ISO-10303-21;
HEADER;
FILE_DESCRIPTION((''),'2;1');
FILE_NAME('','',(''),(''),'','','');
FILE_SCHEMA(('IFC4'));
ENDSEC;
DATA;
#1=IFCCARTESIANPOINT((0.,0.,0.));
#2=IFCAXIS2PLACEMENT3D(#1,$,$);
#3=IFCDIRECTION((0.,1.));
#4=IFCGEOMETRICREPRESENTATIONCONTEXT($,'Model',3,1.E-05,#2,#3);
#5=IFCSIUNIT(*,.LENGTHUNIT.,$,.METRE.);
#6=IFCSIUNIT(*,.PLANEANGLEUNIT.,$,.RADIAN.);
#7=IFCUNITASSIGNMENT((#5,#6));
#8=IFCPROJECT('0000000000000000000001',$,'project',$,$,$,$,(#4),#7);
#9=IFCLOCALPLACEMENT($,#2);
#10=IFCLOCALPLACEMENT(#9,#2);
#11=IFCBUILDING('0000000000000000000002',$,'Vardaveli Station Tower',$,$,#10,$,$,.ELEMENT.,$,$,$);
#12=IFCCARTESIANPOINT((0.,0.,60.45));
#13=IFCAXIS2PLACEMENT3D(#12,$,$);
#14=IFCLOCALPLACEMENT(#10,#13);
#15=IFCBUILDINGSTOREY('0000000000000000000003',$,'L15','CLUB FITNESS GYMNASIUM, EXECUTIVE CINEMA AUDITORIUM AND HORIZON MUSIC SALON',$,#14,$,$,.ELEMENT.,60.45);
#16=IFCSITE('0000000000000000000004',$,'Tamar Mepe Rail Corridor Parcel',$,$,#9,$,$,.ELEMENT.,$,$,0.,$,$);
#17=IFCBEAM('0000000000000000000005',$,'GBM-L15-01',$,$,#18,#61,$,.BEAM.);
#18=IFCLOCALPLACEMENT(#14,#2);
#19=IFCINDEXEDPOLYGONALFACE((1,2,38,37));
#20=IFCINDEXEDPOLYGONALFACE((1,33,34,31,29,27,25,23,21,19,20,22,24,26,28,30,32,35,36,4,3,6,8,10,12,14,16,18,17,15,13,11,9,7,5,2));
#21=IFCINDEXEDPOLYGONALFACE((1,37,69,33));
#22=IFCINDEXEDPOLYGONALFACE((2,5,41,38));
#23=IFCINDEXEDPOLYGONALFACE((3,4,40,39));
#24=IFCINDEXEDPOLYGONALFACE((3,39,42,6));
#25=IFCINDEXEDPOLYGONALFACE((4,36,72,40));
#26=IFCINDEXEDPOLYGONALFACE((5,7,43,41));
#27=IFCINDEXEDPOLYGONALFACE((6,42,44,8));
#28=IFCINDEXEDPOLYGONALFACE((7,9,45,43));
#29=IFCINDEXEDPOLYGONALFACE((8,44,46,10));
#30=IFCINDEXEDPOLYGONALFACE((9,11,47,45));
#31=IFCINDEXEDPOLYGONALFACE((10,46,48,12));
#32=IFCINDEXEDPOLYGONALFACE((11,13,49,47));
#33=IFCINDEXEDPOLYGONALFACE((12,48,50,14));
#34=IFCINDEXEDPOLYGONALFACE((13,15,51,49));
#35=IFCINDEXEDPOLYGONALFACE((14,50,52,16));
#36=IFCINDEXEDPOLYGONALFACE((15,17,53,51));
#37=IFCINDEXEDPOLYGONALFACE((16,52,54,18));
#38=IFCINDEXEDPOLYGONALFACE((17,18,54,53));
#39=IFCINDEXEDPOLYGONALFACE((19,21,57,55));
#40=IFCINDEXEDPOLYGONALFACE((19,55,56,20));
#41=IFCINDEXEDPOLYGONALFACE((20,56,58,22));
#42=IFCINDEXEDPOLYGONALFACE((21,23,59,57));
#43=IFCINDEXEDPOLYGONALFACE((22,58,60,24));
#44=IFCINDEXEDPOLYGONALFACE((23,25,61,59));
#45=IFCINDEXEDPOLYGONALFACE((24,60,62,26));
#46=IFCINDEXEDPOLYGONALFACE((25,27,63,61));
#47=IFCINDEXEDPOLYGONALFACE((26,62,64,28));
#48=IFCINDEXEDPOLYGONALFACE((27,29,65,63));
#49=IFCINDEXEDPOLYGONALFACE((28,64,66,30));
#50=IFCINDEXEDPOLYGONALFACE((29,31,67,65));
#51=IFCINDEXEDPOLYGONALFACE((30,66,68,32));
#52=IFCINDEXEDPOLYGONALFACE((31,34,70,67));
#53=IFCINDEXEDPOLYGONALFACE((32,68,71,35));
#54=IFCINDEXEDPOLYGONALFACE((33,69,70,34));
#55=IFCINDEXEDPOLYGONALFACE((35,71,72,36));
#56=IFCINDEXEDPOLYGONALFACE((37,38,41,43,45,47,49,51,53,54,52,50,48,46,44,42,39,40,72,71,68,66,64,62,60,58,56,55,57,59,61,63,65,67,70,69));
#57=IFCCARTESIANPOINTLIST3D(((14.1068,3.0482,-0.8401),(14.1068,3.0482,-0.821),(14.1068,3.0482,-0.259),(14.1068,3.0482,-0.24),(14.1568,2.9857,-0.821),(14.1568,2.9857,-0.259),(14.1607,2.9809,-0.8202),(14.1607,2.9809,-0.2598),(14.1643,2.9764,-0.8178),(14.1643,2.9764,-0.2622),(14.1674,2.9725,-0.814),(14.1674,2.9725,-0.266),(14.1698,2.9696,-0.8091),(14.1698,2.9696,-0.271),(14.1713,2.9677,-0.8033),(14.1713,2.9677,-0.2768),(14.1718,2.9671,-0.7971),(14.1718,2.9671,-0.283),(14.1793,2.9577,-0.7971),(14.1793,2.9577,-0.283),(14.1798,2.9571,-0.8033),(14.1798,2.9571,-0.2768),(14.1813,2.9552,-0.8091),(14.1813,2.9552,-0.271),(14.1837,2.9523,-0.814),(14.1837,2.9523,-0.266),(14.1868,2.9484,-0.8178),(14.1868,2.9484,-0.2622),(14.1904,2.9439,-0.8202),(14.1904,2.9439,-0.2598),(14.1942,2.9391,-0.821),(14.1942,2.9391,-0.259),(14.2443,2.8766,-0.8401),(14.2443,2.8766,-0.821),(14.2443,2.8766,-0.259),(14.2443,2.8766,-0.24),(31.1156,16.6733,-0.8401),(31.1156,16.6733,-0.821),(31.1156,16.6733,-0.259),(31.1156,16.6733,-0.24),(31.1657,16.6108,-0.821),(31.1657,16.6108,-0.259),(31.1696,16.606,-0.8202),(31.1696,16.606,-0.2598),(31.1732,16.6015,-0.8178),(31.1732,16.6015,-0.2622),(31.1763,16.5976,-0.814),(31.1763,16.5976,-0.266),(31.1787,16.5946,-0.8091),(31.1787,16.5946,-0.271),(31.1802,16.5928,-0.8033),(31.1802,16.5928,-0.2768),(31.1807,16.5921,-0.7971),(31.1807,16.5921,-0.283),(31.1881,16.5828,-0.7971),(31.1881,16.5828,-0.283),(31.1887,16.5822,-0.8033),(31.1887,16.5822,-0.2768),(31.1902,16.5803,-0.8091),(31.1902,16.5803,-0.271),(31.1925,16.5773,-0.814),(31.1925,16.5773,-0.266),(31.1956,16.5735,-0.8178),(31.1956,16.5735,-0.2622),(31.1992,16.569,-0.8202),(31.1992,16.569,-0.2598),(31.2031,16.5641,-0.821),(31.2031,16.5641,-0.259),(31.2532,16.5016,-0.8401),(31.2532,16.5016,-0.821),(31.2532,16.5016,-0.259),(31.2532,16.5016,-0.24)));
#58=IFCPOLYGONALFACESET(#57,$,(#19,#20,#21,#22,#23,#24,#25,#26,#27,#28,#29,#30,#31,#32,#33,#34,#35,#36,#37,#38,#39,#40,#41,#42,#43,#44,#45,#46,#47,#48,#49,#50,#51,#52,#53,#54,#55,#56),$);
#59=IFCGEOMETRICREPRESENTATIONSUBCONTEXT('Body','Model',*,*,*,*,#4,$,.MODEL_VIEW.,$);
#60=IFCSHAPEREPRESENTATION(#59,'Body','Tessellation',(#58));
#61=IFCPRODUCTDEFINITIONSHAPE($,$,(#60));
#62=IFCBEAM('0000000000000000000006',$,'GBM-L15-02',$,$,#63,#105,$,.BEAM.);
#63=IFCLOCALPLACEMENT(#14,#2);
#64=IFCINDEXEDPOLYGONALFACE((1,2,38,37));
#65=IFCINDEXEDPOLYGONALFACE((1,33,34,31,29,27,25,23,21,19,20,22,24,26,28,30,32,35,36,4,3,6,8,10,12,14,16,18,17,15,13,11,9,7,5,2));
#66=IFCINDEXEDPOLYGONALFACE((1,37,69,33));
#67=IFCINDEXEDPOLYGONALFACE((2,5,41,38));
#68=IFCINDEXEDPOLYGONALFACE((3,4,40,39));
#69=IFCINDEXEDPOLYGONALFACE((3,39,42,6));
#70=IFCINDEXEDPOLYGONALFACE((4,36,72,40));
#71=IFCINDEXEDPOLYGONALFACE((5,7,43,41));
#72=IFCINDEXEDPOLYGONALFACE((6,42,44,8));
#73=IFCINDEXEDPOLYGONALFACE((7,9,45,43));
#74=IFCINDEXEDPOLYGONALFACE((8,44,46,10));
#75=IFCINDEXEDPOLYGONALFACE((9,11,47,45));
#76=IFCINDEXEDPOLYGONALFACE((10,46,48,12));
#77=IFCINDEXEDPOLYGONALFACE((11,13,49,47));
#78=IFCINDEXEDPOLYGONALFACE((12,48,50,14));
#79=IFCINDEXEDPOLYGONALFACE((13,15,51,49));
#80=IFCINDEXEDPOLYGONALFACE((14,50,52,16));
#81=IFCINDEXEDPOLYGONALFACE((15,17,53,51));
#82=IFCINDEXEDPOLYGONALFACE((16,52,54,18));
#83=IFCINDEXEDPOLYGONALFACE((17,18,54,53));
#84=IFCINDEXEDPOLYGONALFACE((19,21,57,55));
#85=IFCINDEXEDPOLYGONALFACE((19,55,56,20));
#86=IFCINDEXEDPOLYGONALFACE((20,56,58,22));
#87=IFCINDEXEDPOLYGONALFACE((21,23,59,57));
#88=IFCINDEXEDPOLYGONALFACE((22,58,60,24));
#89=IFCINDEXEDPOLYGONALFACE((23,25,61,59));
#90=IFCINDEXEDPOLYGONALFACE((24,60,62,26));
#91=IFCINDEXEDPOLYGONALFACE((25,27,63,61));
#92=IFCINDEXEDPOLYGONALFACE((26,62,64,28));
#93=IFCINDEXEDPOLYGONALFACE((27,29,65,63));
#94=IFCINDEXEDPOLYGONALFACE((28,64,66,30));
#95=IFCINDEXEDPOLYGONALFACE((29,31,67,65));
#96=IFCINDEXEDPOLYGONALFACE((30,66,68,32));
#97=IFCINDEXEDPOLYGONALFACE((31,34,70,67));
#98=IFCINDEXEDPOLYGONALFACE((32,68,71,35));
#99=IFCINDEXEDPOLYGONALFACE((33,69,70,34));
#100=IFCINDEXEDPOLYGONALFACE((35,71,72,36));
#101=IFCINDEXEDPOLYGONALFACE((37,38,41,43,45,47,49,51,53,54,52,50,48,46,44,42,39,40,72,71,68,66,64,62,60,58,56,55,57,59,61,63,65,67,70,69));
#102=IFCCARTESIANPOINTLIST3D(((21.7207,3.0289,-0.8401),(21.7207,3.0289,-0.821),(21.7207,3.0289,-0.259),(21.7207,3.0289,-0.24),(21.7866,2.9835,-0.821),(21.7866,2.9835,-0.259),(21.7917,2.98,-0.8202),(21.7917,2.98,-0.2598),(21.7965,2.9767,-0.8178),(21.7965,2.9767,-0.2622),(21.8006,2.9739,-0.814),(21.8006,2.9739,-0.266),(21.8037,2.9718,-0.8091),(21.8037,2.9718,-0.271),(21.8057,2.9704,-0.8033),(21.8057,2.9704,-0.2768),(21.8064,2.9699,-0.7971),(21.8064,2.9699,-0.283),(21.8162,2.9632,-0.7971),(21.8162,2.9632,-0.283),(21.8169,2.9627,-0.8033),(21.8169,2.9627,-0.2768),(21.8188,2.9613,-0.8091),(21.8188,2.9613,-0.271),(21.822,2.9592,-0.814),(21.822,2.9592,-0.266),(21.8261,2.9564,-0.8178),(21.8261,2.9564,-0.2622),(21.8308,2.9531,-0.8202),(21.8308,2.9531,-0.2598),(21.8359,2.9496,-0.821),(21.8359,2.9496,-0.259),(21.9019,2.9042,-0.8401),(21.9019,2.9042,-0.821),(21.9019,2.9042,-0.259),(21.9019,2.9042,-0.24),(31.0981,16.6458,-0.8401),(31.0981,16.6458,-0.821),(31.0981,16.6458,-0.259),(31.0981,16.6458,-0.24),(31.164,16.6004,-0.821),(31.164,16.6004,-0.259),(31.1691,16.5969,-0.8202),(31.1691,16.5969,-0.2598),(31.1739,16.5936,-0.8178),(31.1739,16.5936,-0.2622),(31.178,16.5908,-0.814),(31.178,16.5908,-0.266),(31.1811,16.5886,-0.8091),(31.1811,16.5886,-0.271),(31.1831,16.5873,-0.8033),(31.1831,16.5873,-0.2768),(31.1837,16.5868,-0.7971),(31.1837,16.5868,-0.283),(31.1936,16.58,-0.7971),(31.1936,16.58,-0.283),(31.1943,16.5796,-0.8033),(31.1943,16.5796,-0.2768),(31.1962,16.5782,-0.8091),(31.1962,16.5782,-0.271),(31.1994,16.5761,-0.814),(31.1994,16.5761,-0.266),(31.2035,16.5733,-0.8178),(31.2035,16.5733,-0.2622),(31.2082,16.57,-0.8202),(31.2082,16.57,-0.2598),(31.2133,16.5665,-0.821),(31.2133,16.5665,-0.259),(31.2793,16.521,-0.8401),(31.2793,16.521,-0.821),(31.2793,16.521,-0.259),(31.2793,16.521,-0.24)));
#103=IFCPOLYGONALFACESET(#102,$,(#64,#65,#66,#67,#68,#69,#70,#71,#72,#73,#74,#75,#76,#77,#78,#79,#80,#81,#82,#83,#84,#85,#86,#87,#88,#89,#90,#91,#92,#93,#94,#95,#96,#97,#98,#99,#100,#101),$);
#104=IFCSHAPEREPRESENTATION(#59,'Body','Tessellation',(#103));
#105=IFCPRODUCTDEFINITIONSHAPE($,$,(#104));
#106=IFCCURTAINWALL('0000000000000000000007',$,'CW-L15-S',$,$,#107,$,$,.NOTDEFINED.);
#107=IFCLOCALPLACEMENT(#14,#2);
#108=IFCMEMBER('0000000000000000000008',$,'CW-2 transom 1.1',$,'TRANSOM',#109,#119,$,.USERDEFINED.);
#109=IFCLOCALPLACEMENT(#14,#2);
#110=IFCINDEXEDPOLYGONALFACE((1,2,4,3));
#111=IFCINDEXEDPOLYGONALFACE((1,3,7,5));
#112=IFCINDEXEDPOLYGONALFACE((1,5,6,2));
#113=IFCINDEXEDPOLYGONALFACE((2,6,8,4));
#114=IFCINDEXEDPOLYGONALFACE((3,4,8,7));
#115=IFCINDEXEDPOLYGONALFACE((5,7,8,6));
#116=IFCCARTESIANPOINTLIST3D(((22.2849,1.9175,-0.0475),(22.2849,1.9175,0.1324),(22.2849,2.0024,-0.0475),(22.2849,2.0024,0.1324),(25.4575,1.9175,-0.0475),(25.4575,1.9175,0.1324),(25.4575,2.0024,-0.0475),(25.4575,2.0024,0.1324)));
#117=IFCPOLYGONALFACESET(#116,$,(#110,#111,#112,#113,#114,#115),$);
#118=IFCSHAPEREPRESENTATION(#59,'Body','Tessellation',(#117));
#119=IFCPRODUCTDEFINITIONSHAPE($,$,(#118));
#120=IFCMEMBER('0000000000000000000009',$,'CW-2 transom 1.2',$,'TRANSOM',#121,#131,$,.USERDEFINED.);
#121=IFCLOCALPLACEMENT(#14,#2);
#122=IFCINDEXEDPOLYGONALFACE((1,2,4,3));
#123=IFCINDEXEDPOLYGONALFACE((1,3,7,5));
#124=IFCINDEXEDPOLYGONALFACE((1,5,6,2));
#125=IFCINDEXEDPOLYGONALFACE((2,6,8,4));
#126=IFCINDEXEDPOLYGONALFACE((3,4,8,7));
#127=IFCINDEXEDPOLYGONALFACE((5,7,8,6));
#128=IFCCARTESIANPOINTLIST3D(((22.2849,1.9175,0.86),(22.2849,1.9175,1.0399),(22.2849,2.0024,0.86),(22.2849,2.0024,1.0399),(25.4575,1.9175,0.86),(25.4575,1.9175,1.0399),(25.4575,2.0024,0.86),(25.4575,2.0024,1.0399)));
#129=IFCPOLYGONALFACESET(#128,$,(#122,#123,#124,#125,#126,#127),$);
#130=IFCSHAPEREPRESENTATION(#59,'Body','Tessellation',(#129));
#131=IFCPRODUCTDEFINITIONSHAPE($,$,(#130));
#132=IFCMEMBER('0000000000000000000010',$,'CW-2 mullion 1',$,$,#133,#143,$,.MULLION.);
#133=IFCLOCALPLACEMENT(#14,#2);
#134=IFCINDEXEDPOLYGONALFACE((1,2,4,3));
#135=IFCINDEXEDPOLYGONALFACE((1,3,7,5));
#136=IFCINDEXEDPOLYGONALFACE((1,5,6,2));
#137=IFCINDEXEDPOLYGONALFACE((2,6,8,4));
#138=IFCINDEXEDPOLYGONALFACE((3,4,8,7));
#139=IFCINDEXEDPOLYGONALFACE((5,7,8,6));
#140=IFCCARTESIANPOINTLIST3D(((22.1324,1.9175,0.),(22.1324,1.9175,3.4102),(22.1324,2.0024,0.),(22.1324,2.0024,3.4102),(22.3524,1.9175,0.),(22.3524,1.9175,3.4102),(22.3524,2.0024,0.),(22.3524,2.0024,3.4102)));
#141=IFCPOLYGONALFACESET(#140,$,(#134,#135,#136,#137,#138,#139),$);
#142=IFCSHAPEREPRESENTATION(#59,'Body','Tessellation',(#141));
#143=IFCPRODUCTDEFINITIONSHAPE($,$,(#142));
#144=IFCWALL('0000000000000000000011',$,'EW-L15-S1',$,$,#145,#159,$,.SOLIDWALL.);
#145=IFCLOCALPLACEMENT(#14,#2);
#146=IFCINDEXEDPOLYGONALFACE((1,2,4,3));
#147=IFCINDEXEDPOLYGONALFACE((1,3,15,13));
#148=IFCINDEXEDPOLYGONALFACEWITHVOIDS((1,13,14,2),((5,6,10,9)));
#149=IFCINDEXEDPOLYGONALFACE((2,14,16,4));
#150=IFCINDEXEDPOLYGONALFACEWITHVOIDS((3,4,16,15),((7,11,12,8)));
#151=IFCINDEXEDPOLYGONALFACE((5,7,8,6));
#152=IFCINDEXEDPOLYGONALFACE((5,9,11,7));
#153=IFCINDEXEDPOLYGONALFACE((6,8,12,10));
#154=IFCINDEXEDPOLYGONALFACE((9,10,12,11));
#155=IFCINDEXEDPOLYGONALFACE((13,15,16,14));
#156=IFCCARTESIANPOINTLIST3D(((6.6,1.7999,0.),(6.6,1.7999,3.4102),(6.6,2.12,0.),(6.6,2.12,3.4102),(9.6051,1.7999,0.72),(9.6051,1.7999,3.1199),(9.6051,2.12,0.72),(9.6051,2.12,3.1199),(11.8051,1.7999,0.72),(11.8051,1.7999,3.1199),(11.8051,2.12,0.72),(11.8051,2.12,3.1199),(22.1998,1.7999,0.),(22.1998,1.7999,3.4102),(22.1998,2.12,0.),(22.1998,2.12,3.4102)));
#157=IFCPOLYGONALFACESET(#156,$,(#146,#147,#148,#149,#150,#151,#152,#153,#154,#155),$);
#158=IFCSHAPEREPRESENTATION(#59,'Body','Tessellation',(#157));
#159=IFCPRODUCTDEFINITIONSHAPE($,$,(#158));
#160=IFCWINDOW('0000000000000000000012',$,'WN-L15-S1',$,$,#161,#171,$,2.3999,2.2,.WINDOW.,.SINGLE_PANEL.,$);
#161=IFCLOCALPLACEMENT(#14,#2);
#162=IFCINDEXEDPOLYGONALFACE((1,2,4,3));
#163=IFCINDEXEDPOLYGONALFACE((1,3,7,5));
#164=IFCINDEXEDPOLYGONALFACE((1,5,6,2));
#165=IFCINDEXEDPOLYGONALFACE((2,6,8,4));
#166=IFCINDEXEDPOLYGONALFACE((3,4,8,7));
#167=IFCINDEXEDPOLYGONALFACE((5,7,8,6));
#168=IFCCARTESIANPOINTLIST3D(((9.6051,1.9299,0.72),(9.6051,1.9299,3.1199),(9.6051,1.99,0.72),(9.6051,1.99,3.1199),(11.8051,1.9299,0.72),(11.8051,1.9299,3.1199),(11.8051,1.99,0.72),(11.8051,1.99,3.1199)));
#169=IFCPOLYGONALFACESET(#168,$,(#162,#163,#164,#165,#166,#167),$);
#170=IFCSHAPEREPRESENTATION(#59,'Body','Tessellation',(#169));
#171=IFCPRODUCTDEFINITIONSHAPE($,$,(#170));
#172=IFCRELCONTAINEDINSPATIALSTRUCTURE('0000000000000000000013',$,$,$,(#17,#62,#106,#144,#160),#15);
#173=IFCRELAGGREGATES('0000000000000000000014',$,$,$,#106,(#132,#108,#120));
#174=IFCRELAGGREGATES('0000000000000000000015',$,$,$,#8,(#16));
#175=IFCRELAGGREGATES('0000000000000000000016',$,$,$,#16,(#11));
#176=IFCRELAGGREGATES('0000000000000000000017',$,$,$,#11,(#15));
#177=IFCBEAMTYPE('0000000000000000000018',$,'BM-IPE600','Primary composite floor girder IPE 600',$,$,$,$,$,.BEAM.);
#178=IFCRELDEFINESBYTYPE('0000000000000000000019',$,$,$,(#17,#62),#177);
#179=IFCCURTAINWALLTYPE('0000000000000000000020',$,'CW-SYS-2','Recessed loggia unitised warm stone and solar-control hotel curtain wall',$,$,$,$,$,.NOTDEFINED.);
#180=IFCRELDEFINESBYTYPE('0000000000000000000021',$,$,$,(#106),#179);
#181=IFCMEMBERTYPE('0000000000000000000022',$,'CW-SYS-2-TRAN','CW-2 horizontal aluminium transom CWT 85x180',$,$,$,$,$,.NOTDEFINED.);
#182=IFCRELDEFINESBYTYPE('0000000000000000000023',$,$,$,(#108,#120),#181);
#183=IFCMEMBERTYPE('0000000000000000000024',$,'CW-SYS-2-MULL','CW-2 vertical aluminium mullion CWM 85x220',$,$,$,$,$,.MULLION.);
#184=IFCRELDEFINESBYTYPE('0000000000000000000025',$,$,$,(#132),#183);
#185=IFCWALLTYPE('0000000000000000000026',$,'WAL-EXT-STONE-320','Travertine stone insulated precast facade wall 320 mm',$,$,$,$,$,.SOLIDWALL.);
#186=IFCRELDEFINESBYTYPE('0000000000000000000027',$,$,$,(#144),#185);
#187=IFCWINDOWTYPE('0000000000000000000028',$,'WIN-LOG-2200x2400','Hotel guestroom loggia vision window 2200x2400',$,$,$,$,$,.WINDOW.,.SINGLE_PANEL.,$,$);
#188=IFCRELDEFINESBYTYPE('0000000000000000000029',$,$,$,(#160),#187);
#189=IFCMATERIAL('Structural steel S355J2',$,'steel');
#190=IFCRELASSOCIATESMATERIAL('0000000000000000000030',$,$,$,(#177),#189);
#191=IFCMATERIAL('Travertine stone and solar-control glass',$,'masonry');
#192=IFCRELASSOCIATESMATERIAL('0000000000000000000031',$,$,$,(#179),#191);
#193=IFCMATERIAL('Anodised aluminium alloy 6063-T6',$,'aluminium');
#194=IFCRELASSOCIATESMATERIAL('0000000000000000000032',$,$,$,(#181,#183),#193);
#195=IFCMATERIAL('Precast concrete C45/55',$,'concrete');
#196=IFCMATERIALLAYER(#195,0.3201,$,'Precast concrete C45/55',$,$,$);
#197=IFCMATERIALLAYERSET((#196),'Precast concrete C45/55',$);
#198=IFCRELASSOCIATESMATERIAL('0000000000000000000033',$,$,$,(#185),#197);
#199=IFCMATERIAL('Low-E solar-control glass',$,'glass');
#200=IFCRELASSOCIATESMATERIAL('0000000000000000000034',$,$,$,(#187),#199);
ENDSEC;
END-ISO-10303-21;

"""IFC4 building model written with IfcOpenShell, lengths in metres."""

from ifc_helpers import new_model, si_unit, direction, frame, frame_2d, origin, origin_2d, place, context, subcontext, project, spatial, rectangle, i_section, extrude, source, transform, mapped, material, layer, layer_set, material_profile, profile_set, type_object, element, fill, aggregate, save


model = new_model("IFC4")

# Units and contexts
model_context = context("Model", 3, precision=1e-05, world=origin(), true_north=direction((0.0, 1.0)))
body_context = subcontext(model_context, "Body", "Model", "MODEL_VIEW")
ifc_project = project(units=[si_unit("LENGTHUNIT", "METRE"), si_unit("PLANEANGLEUNIT", "RADIAN")], contexts=[model_context])

# Site, building, storey
site_placement = place(None, origin())
site = spatial("IfcSite", under=ifc_project, at=site_placement, Name="Tamar Mepe Rail Corridor Parcel", CompositionType="ELEMENT", RefElevation=0.0)
building_placement = place(site_placement, origin())
building = spatial("IfcBuilding", under=site, at=building_placement, Name="Vardaveli Station Tower", CompositionType="ELEMENT")
storey_placement = place(building_placement, frame((0.0, 0.0, 60.45)))
storey = spatial("IfcBuildingStorey", under=building, at=storey_placement, Name="L15", Description="CLUB FITNESS GYMNASIUM, EXECUTIVE CINEMA AUDITORIUM AND HORIZON MUSIC SALON", CompositionType="ELEMENT", Elevation=60.45)

# Beams
ifc_material_1 = material(Name="Precast concrete C45/55", Category="concrete")
ifc_material_2 = material(Name="Structural steel S355J2", Category="steel")
ifc_material_profile_1 = material_profile(ifc_material_2, i_section(OverallWidth=0.22, OverallDepth=0.6001, WebThickness=0.012, FlangeThickness=0.019, FilletRadius=0.0239, at=origin_2d()), Name="IPE 600")
ifc_profile_set_1 = profile_set([ifc_material_profile_1], Name="Structural steel S355J2")
beam_type_1 = type_object("IfcBeamType", Name="BM-IPE600", Description="Primary composite floor girder IPE 600", PredefinedType="BEAM", material=ifc_profile_set_1)
shared_shape_1 = source(origin(), body_context, "Body", "SweptSolid", [
    extrude(i_section(OverallWidth=0.22, OverallDepth=0.6001, WebThickness=0.012, FlangeThickness=0.019, FilletRadius=0.0239, at=origin_2d()), origin(), (0.0, 0.0, 1.0), 21.7932),
])
beam_1_placement = place(storey_placement, frame((14.1755, 2.9624, -0.54), z_axis=(0.780466, 0.625198, 0.0), x_axis=(-0.625198, 0.780466, 0.0)))
element("IfcBeam", 1, at=beam_1_placement, inside=storey, type_object=beam_type_1, Name="GBM-L15-01", PredefinedType="BEAM", context=body_context, shape_type="MappedRepresentation", body=[
    mapped(shared_shape_1, transform((0.0, 0.0, 0.0), scale=1.0)),
])
shared_shape_2 = source(origin(), body_context, "Body", "SweptSolid", [
    extrude(i_section(OverallWidth=0.22, OverallDepth=0.6001, WebThickness=0.012, FlangeThickness=0.019, FilletRadius=0.0239, at=origin_2d()), origin(), (0.0, 0.0, 1.0), 16.5334),
])
beam_2_placement = place(storey_placement, frame((21.8113, 2.9666, -0.54), z_axis=(0.567177, 0.823596, 0.0), x_axis=(-0.823596, 0.567177, 0.0)))
element("IfcBeam", 2, at=beam_2_placement, inside=storey, type_object=beam_type_1, Name="GBM-L15-02", PredefinedType="BEAM", context=body_context, shape_type="MappedRepresentation", body=[
    mapped(shared_shape_2, transform((0.0, 0.0, 0.0), scale=1.0)),
])

# Curtain wall, members
ifc_material_3 = material(Name="Travertine stone and solar-control glass", Category="masonry")
curtain_wall_type = type_object("IfcCurtainWallType", Name="CW-SYS-2", Description="Recessed loggia unitised warm stone and solar-control hotel curtain wall", PredefinedType="NOTDEFINED", material=ifc_material_3)
curtain_wall_placement = place(storey_placement, origin())
curtain_wall = element("IfcCurtainWall", 3, at=curtain_wall_placement, inside=storey, type_object=curtain_wall_type, Name="CW-L15-S", PredefinedType="NOTDEFINED")
ifc_material_4 = material(Name="Anodised aluminium alloy 6063-T6", Category="aluminium")
ifc_material_profile_2 = material_profile(ifc_material_4, rectangle(XDim=0.085, YDim=0.1799, at=origin_2d()), Name="CWT 85x180")
ifc_profile_set_2 = profile_set([ifc_material_profile_2], Name="Anodised aluminium alloy 6063-T6")
member_type_1 = type_object("IfcMemberType", Name="CW-SYS-2-TRAN", Description="CW-2 horizontal aluminium transom CWT 85x180", PredefinedType="NOTDEFINED", material=ifc_profile_set_2)
shared_shape_3 = source(origin(), body_context, "Body", "SweptSolid", [
    extrude(rectangle(XDim=0.085, YDim=0.1799, at=origin_2d()), origin(), (0.0, 0.0, 1.0), 3.1726),
])
member_1_placement = place(storey_placement, frame((22.2849, 1.96, 0.0425), z_axis=(1.0, 0.0, 0.0), x_axis=(0.0, 1.0, 0.0)))
member_1 = element("IfcMember", 4, at=member_1_placement, type_object=member_type_1, Name="CW-2 transom 1.1", ObjectType="TRANSOM", PredefinedType="USERDEFINED", context=body_context, shape_type="MappedRepresentation", body=[
    mapped(shared_shape_3, transform((0.0, 0.0, 0.0), scale=1.0)),
])
member_2_placement = place(storey_placement, frame((22.2849, 1.96, 0.95), z_axis=(1.0, 0.0, 0.0), x_axis=(0.0, 1.0, 0.0)))
member_2 = element("IfcMember", 5, at=member_2_placement, type_object=member_type_1, Name="CW-2 transom 1.2", ObjectType="TRANSOM", PredefinedType="USERDEFINED", context=body_context, shape_type="MappedRepresentation", body=[
    mapped(shared_shape_3, transform((0.0, 0.0, 0.0), scale=1.0)),
])
ifc_material_profile_3 = material_profile(ifc_material_4, rectangle(XDim=0.085, YDim=0.22, at=origin_2d()), Name="CWM 85x220")
ifc_profile_set_3 = profile_set([ifc_material_profile_3], Name="Anodised aluminium alloy 6063-T6")
member_type_2 = type_object("IfcMemberType", Name="CW-SYS-2-MULL", Description="CW-2 vertical aluminium mullion CWM 85x220", PredefinedType="MULLION", material=ifc_profile_set_3)
shared_shape_4 = source(origin(), body_context, "Body", "SweptSolid", [
    extrude(rectangle(XDim=0.085, YDim=0.22, at=origin_2d()), origin(), (0.0, 0.0, 1.0), 3.4102),
])
member_3_placement = place(storey_placement, frame((22.2424, 1.96, 0.0), z_axis=(0.0, 0.0, 1.0), x_axis=(0.0, 1.0, 0.0)))
member_3 = element("IfcMember", 6, at=member_3_placement, type_object=member_type_2, Name="CW-2 mullion 1", PredefinedType="MULLION", context=body_context, shape_type="MappedRepresentation", body=[
    mapped(shared_shape_4, transform((0.0, 0.0, 0.0), scale=1.0)),
])
aggregate(curtain_wall, [member_3, member_1, member_2])

# Wall, opening, window
ifc_layer_1 = layer(ifc_material_1, 0.3201, Name="Precast concrete C45/55")
ifc_layer_set_1 = layer_set([ifc_layer_1], Name="Precast concrete C45/55")
wall_type_1 = type_object("IfcWallType", Name="WAL-EXT-STONE-320", Description="Travertine stone insulated precast facade wall 320 mm", PredefinedType="SOLIDWALL", material=ifc_layer_set_1)
shared_shape_5 = source(origin(), body_context, "Body", "SweptSolid", [
    extrude(rectangle(XDim=15.5999, YDim=0.3201, at=frame_2d((7.7998, 0.0))), origin(), (0.0, 0.0, 1.0), 3.4102),
])
wall_1_placement = place(storey_placement, frame((6.6001, 1.96, 0.0), z_axis=(0.0, 0.0, 1.0), x_axis=(1.0, 0.0, 0.0)))
wall_1 = element("IfcWall", 7, at=wall_1_placement, inside=storey, type_object=wall_type_1, Name="EW-L15-S1", PredefinedType="SOLIDWALL", context=body_context, shape_type="MappedRepresentation", body=[
    mapped(shared_shape_5, transform((0.0, 0.0, 0.0), scale=1.0)),
])
shared_shape_6 = source(origin(), body_context, "Body", "SweptSolid", [
    extrude(rectangle(XDim=2.2, YDim=2.3999, at=frame_2d((1.1001, 1.2))), frame((0.0, 0.1699, 0.0), z_axis=(0.0, -1.0, 0.0), x_axis=(1.0, 0.0, 0.0)), (0.0, 0.0, 1.0), 0.3401),
])
opening_1_placement = place(wall_1_placement, frame((3.0049, 0.0, 0.72)))
opening_1 = element("IfcOpeningElement", 8, at=opening_1_placement, cuts=wall_1, PredefinedType="OPENING", context=body_context, shape_type="MappedRepresentation", body=[
    mapped(shared_shape_6, transform((0.0, 0.0, 0.0), scale=1.0)),
])
ifc_material_5 = material(Name="Low-E solar-control glass", Category="glass")
window_type = type_object("IfcWindowType", Name="WIN-LOG-2200x2400", Description="Hotel guestroom loggia vision window 2200x2400", PartitioningType="SINGLE_PANEL", PredefinedType="WINDOW", material=ifc_material_5)
shared_shape_7 = source(origin(), body_context, "Body", "SweptSolid", [
    extrude(rectangle(XDim=2.2, YDim=2.3999, at=frame_2d((1.1001, 1.2))), frame((0.0, 0.03, 0.0), z_axis=(0.0, -1.0, 0.0), x_axis=(1.0, 0.0, 0.0)), (0.0, 0.0, 1.0), 0.0601),
])
window_placement = place(opening_1_placement, origin())
window = element("IfcWindow", 9, at=window_placement, inside=storey, type_object=window_type, Name="WN-L15-S1", OverallHeight=2.3999, OverallWidth=2.2, PartitioningType="SINGLE_PANEL", PredefinedType="WINDOW", context=body_context, shape_type="MappedRepresentation", body=[
    mapped(shared_shape_7, transform((0.0, 0.0, 0.0), scale=1.0)),
])
fill(opening_1, window)

save(model, "model.ifc")
